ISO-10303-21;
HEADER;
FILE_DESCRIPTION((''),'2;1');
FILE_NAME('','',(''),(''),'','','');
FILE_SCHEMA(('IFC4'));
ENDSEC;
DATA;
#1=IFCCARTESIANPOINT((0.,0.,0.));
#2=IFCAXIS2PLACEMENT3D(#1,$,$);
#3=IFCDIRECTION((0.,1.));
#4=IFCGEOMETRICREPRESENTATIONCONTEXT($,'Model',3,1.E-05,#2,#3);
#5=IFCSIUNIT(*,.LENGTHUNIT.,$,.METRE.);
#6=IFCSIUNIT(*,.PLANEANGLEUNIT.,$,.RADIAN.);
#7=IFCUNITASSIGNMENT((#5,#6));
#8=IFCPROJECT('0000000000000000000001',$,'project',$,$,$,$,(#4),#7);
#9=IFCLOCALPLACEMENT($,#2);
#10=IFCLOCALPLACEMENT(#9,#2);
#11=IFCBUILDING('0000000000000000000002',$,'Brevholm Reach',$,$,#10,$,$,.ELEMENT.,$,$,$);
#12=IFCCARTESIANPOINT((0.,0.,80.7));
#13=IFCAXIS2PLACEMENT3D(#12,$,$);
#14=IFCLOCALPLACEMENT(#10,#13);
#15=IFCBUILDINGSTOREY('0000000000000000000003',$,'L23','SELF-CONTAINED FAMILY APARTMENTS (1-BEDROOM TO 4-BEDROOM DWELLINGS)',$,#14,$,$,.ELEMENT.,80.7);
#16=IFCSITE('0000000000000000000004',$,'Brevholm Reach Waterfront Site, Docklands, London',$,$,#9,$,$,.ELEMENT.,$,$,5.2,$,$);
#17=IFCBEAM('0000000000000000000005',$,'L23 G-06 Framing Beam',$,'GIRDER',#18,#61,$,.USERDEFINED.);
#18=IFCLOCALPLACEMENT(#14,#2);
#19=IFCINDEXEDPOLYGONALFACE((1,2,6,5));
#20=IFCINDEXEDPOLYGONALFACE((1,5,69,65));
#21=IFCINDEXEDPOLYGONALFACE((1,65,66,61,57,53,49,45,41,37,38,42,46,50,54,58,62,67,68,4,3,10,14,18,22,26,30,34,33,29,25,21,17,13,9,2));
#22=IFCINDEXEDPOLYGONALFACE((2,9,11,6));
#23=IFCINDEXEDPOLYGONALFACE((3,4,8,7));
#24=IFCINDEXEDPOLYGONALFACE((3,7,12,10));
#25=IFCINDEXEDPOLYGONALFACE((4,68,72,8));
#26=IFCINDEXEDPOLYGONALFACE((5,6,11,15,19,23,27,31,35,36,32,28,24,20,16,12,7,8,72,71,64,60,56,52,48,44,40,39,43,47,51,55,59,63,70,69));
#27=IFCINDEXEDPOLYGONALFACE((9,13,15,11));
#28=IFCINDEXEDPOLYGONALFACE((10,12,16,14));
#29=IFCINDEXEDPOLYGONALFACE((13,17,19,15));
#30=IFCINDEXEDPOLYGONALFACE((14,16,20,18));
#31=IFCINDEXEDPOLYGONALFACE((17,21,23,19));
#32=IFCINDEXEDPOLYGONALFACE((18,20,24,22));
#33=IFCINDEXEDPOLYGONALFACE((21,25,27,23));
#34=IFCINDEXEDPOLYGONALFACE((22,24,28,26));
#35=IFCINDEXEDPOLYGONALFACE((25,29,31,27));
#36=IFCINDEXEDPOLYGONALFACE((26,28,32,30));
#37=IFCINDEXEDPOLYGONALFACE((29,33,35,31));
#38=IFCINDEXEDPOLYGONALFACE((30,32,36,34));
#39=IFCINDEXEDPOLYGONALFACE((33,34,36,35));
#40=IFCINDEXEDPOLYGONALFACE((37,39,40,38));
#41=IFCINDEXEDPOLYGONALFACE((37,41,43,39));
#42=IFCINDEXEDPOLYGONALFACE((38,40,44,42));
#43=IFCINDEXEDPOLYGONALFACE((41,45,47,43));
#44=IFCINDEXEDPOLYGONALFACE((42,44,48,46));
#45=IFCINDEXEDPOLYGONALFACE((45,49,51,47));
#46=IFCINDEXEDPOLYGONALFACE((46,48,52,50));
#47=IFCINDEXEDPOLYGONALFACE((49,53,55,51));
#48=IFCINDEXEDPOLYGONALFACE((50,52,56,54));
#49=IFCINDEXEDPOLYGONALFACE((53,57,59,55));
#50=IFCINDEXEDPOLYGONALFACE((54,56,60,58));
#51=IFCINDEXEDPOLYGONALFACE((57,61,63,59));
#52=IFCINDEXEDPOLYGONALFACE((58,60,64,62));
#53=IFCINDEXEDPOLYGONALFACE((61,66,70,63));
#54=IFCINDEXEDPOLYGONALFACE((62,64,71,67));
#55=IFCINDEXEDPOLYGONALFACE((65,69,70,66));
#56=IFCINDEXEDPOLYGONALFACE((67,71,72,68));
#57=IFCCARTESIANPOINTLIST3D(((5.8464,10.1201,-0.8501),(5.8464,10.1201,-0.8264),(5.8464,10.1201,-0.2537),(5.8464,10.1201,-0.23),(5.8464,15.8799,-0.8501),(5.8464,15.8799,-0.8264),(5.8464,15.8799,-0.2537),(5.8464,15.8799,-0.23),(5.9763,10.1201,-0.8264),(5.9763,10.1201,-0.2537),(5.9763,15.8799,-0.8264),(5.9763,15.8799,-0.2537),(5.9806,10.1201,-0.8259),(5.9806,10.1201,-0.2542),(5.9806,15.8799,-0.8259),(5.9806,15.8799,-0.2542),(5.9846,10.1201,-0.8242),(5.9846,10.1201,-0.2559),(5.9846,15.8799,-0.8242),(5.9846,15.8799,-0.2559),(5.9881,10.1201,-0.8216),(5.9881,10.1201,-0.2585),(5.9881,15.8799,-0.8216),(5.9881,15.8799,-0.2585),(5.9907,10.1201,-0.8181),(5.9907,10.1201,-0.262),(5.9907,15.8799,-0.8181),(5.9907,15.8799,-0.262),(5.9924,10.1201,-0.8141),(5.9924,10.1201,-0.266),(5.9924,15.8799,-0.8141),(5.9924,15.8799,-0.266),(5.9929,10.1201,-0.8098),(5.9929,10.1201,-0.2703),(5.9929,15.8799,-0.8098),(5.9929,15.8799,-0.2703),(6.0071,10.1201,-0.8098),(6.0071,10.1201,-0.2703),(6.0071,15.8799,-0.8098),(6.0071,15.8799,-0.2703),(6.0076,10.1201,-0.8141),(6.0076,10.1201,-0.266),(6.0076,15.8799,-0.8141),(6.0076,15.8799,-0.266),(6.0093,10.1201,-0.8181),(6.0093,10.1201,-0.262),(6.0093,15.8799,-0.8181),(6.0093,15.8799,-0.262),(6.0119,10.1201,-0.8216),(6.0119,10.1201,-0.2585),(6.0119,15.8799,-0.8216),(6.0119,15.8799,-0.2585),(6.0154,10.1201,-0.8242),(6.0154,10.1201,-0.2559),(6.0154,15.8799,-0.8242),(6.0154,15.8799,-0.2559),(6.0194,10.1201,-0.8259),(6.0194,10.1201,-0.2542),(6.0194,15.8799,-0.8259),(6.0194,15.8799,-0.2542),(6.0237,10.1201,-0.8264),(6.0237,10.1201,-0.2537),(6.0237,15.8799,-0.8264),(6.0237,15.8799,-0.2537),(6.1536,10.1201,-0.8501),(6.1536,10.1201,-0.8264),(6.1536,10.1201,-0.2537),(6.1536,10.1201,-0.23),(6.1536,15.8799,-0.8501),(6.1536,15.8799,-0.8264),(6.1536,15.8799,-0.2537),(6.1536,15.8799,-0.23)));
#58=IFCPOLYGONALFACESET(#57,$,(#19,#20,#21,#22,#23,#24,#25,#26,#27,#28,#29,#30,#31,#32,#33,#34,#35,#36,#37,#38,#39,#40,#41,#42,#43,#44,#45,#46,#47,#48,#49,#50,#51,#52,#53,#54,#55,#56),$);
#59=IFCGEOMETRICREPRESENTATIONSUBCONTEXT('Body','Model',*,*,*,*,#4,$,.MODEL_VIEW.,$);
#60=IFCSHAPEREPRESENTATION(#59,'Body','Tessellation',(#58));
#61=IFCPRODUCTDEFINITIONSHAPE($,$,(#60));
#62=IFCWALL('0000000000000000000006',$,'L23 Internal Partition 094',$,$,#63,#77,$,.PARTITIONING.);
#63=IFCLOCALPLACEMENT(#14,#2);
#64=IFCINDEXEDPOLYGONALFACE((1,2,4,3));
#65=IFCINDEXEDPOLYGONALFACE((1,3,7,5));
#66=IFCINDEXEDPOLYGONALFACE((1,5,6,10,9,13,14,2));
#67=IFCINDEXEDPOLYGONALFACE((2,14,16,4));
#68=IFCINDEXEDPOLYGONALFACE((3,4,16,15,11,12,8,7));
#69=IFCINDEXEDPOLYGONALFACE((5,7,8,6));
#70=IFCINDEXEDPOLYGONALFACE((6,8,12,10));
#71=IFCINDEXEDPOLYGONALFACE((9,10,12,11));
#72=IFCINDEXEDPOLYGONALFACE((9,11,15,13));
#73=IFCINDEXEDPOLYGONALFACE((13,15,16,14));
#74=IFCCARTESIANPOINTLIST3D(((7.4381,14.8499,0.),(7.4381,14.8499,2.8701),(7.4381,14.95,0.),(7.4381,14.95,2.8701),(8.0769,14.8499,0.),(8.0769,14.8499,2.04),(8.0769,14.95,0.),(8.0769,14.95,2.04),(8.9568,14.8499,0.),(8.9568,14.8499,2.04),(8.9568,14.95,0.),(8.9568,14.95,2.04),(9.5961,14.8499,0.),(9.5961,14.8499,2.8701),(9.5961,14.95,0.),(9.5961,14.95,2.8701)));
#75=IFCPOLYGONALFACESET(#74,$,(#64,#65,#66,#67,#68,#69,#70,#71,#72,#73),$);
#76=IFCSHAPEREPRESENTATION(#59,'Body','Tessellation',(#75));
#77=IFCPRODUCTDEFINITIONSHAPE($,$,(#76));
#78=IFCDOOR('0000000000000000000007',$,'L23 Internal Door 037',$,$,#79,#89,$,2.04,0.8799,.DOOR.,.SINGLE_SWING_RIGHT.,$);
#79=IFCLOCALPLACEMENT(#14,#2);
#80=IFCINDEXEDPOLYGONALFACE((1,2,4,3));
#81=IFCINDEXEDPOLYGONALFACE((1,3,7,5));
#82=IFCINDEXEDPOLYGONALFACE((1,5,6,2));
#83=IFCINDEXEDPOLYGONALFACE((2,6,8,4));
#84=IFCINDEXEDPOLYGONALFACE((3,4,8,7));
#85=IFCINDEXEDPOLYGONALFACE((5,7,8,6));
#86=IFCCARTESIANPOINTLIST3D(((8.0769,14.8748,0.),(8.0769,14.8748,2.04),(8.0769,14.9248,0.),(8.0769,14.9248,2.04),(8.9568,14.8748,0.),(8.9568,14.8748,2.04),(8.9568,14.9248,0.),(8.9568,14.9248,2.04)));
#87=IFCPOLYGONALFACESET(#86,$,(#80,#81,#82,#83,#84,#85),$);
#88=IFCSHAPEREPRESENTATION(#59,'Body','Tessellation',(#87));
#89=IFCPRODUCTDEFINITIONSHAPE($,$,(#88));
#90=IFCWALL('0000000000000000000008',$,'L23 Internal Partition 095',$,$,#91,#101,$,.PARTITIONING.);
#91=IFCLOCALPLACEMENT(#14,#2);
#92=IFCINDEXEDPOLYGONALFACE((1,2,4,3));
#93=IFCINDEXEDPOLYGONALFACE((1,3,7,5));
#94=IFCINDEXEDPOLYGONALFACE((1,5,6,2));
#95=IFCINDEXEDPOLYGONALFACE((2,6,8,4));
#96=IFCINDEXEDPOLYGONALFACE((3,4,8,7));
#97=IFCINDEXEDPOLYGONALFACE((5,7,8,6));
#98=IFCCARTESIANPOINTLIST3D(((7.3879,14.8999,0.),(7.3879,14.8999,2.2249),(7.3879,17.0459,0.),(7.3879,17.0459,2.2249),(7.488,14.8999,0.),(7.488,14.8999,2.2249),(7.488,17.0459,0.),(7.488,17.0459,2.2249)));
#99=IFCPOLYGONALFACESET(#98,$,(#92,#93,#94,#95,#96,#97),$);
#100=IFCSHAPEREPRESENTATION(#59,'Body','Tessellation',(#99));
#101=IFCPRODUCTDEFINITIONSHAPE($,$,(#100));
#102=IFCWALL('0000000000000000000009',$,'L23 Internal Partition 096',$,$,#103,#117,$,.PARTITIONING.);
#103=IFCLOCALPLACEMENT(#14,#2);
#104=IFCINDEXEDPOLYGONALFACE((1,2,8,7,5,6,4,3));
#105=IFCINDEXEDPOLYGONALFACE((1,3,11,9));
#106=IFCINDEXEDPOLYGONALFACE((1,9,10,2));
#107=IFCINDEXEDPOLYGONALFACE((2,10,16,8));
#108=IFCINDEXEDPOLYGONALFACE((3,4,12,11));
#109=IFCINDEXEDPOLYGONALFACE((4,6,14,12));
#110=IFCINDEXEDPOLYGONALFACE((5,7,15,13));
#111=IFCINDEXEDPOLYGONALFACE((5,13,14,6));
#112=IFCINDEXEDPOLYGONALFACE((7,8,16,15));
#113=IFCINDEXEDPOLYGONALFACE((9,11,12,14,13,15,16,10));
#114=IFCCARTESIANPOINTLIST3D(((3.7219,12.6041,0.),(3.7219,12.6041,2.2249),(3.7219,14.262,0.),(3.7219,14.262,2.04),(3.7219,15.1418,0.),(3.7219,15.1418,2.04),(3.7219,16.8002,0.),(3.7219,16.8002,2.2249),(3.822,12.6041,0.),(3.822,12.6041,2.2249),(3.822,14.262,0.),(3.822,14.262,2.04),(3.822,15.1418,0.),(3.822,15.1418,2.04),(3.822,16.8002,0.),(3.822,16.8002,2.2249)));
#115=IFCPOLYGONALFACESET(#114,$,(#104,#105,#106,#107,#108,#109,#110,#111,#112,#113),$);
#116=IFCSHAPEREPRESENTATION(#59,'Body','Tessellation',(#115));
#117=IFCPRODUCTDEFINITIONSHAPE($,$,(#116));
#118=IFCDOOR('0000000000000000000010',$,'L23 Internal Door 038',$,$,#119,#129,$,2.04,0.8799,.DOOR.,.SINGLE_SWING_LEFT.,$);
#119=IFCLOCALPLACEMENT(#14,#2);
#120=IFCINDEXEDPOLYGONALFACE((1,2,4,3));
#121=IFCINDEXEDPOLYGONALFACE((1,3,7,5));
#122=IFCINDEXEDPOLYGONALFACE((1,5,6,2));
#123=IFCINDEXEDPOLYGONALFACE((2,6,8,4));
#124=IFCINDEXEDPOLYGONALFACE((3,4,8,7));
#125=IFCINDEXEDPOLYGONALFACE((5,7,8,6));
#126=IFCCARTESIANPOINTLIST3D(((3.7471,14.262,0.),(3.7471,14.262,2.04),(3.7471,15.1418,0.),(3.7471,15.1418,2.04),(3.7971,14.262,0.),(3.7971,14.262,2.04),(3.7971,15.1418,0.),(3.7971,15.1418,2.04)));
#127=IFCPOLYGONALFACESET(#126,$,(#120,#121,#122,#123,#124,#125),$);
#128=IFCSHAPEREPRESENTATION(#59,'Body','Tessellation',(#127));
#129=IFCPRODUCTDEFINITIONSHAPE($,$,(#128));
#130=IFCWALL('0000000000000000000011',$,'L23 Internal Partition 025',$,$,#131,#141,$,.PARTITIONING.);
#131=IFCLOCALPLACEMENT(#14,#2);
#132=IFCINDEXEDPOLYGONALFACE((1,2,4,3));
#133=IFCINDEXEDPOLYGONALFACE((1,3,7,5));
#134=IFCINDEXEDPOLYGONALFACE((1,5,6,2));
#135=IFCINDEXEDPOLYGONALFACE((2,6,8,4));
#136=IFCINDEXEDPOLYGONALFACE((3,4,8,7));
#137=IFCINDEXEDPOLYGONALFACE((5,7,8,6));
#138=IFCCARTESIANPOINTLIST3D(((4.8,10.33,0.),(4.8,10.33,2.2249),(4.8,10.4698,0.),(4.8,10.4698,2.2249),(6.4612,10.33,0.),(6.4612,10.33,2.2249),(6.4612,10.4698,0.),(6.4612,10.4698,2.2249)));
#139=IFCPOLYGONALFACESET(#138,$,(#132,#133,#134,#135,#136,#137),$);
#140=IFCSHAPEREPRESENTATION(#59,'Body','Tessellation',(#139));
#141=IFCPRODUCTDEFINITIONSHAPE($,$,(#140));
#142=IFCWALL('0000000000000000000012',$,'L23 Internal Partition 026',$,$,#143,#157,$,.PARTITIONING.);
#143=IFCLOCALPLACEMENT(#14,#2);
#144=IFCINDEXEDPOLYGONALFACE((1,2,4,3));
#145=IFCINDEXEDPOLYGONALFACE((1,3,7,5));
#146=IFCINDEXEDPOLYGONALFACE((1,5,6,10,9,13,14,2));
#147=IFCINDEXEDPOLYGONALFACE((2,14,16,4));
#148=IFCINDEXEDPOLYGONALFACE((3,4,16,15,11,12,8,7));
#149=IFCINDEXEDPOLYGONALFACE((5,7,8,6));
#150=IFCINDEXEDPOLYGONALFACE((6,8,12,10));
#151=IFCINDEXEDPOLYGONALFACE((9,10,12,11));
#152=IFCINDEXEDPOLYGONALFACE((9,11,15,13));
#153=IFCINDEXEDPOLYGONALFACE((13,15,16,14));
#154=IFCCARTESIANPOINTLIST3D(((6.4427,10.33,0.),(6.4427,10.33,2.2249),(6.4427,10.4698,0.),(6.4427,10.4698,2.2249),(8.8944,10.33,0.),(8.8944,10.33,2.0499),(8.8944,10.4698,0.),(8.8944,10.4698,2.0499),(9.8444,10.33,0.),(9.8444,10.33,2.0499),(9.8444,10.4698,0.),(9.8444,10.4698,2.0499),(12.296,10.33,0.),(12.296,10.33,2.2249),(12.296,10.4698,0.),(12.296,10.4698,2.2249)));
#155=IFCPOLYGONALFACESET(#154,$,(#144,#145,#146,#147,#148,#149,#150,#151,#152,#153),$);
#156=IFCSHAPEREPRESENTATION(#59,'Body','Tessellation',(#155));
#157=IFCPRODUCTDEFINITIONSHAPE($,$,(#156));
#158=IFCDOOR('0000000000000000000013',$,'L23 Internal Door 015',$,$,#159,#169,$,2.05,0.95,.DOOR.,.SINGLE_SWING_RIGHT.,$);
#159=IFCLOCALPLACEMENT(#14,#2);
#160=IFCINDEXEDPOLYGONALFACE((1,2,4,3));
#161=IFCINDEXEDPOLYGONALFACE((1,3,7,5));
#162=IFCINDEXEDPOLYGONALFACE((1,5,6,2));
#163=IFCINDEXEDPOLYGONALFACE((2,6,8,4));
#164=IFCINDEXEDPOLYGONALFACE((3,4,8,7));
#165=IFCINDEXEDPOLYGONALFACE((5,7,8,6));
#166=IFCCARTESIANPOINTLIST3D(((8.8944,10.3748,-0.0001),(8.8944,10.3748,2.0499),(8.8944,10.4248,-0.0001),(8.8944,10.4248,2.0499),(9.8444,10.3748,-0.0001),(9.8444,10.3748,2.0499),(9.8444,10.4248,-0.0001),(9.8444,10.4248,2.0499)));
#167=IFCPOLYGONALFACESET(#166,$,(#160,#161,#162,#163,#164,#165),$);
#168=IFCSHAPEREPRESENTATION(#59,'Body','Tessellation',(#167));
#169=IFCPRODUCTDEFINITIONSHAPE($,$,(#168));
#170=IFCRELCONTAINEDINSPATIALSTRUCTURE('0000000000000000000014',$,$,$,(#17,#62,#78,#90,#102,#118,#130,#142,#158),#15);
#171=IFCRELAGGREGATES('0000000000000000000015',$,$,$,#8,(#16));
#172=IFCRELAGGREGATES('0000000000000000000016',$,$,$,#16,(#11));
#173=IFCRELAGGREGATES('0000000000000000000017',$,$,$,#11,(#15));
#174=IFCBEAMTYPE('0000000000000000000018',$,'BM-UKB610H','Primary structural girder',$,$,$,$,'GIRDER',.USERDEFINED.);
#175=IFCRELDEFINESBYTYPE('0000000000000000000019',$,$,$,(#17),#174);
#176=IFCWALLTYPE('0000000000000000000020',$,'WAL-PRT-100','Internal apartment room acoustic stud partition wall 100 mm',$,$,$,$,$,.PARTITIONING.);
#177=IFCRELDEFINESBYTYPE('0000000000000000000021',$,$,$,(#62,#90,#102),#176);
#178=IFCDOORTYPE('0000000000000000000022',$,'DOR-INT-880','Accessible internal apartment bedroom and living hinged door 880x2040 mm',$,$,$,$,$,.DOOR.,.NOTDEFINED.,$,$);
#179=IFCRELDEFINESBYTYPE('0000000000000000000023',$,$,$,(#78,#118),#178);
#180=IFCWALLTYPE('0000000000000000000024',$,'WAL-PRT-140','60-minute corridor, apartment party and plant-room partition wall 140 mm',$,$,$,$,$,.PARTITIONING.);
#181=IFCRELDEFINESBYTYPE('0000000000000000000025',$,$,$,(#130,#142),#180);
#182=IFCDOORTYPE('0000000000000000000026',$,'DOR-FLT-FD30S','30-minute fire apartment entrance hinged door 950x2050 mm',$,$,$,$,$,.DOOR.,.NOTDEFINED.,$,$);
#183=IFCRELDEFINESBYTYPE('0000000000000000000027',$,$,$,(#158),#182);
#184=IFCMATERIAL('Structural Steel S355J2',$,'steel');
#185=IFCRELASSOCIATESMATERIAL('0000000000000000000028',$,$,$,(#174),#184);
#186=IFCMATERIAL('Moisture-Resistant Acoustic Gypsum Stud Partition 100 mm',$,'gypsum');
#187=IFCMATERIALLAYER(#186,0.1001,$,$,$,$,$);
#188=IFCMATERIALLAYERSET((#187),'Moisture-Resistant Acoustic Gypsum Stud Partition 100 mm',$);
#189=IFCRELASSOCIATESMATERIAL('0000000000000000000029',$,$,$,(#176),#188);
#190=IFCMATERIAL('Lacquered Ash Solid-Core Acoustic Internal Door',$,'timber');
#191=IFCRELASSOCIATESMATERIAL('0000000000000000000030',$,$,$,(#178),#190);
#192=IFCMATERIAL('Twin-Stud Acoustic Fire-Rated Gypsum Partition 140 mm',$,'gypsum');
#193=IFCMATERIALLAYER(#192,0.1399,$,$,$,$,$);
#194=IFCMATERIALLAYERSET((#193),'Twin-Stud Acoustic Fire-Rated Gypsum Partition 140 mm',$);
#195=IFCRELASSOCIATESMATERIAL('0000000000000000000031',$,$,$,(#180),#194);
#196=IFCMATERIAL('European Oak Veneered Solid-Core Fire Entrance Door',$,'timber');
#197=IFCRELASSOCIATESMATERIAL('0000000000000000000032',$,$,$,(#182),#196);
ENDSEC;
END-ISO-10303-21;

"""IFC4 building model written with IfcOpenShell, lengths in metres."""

from ifc_helpers import new_model, si_unit, direction, frame, frame_2d, origin, origin_2d, place, context, subcontext, project, spatial, rectangle, i_section, extrude, material, layer, layer_set, material_profile, profile_set, type_object, element, fill, save


model = new_model("IFC4")

# Units and contexts
model_context = context("Model", 3, precision=1e-05, world=origin(), true_north=direction((0.0, 1.0)))
body_context = subcontext(model_context, "Body", "Model", "MODEL_VIEW")
ifc_project = project(units=[si_unit("LENGTHUNIT", "METRE"), si_unit("PLANEANGLEUNIT", "RADIAN")], contexts=[model_context])

# Site, building, storey
site_placement = place(None, origin())
site = spatial("IfcSite", under=ifc_project, at=site_placement, Name="Brevholm Reach Waterfront Site, Docklands, London", CompositionType="ELEMENT", RefElevation=5.2)
building_placement = place(site_placement, origin())
building = spatial("IfcBuilding", under=site, at=building_placement, Name="Brevholm Reach", CompositionType="ELEMENT")
storey_placement = place(building_placement, frame((0.0, 0.0, 80.7)))
storey = spatial("IfcBuildingStorey", under=building, at=storey_placement, Name="L23", Description="SELF-CONTAINED FAMILY APARTMENTS (1-BEDROOM TO 4-BEDROOM DWELLINGS)", CompositionType="ELEMENT", Elevation=80.7)

# Beam
ifc_material_1 = material(Name="Structural Steel S355J2", Category="steel")
ifc_material_profile_1 = material_profile(ifc_material_1, i_section(OverallWidth=0.3071, OverallDepth=0.6201, WebThickness=0.0142, FlangeThickness=0.0237, FilletRadius=0.0166, at=origin_2d()), Name="UKB 610x305x179")
ifc_profile_set_1 = profile_set([ifc_material_profile_1], Name="Structural Steel S355J2")
beam_type = type_object("IfcBeamType", Name="BM-UKB610H", Description="Primary structural girder", ElementType="GIRDER", PredefinedType="USERDEFINED", material=ifc_profile_set_1)
for number, where, z_axis, x_axis, name in (
    (1, (6.0, 10.1201, -0.54), (0.0, 1.0, 0.0), (-1.0, 0.0, 0.0), "L23 G-06 Framing Beam"),
):
    element("IfcBeam", number, at=place(storey_placement, frame(where, z_axis=z_axis, x_axis=x_axis)), inside=storey, type_object=beam_type, Name=name, ObjectType="GIRDER", PredefinedType="USERDEFINED", context=body_context, shape_type="SweptSolid", body=[
        extrude(i_section(OverallWidth=0.3071, OverallDepth=0.6201, WebThickness=0.0142, FlangeThickness=0.0237, FilletRadius=0.0166, at=origin_2d()), origin(), (0.0, 0.0, 1.0), 5.7598),
    ])

# Wall, opening, door
ifc_material_2 = material(Name="Moisture-Resistant Acoustic Gypsum Stud Partition 100 mm", Category="gypsum")
ifc_layer_1 = layer(ifc_material_2, 0.1001)
ifc_layer_set_1 = layer_set([ifc_layer_1], Name="Moisture-Resistant Acoustic Gypsum Stud Partition 100 mm")
wall_type_1 = type_object("IfcWallType", Name="WAL-PRT-100", Description="Internal apartment room acoustic stud partition wall 100 mm", PredefinedType="PARTITIONING", material=ifc_layer_set_1)
wall_1_placement = place(storey_placement, frame((7.438, 14.8999, 0.0), z_axis=(0.0, 0.0, 1.0), x_axis=(1.0, 0.0, 0.0)))
wall_1 = element("IfcWall", 2, at=wall_1_placement, inside=storey, type_object=wall_type_1, Name="L23 Internal Partition 094", PredefinedType="PARTITIONING", context=body_context, shape_type="SweptSolid", body=[
    extrude(rectangle(XDim=2.158, YDim=0.1001, at=frame_2d((1.0791, 0.0))), origin(), (0.0, 0.0, 1.0), 2.8701),
])
opening_1_placement = place(wall_1_placement, frame((0.6389, 0.0, 0.0)))
opening_1 = element("IfcOpeningElement", 3, at=opening_1_placement, cuts=wall_1, PredefinedType="OPENING", context=body_context, shape_type="SweptSolid", body=[
    extrude(rectangle(XDim=0.8799, YDim=2.04, at=frame_2d((0.4399, 1.02))), frame((0.0, 0.0601, 0.0), z_axis=(0.0, -1.0, 0.0), x_axis=(1.0, 0.0, 0.0)), (0.0, 0.0, 1.0), 0.1201),
])
ifc_material_3 = material(Name="Lacquered Ash Solid-Core Acoustic Internal Door", Category="timber")
door_type_1 = type_object("IfcDoorType", Name="DOR-INT-880", Description="Accessible internal apartment bedroom and living hinged door 880x2040 mm", OperationType="NOTDEFINED", PredefinedType="DOOR", material=ifc_material_3)
door_1_placement = place(opening_1_placement, origin())
door_1 = element("IfcDoor", 4, at=door_1_placement, inside=storey, type_object=door_type_1, Name="L23 Internal Door 037", OperationType="SINGLE_SWING_RIGHT", OverallHeight=2.04, OverallWidth=0.8799, PredefinedType="DOOR", context=body_context, shape_type="SweptSolid", body=[
    extrude(rectangle(XDim=0.8799, YDim=2.04, at=frame_2d((0.4399, 1.02))), frame((0.0, 0.0249, 0.0), z_axis=(0.0, -1.0, 0.0), x_axis=(1.0, 0.0, 0.0)), (0.0, 0.0, 1.0), 0.05),
])
fill(opening_1, door_1)

# Wall
wall_2_placement = place(storey_placement, frame((7.438, 14.8999, 0.0), z_axis=(0.0, 0.0, 1.0), x_axis=(0.0, 1.0, 0.0)))
element("IfcWall", 5, at=wall_2_placement, inside=storey, type_object=wall_type_1, Name="L23 Internal Partition 095", PredefinedType="PARTITIONING", context=body_context, shape_type="SweptSolid", body=[
    extrude(rectangle(XDim=2.146, YDim=0.1001, at=frame_2d((1.073, 0.0))), origin(), (0.0, 0.0, 1.0), 2.2249),
])

# Wall, opening, door
wall_3_placement = place(storey_placement, frame((3.772, 12.604, 0.0), z_axis=(0.0, 0.0, 1.0), x_axis=(0.0, 1.0, 0.0)))
wall_3 = element("IfcWall", 6, at=wall_3_placement, inside=storey, type_object=wall_type_1, Name="L23 Internal Partition 096", PredefinedType="PARTITIONING", context=body_context, shape_type="SweptSolid", body=[
    extrude(rectangle(XDim=4.196, YDim=0.1001, at=frame_2d((2.0981, 0.0))), origin(), (0.0, 0.0, 1.0), 2.2249),
])
opening_2_placement = place(wall_3_placement, frame((1.658, 0.0, 0.0)))
opening_2 = element("IfcOpeningElement", 7, at=opening_2_placement, cuts=wall_3, PredefinedType="OPENING", context=body_context, shape_type="SweptSolid", body=[
    extrude(rectangle(XDim=0.8799, YDim=2.04, at=frame_2d((0.4399, 1.02))), frame((0.0, 0.0601, 0.0), z_axis=(0.0, -1.0, 0.0), x_axis=(1.0, 0.0, 0.0)), (0.0, 0.0, 1.0), 0.1201),
])
door_2_placement = place(opening_2_placement, origin())
door_2 = element("IfcDoor", 8, at=door_2_placement, inside=storey, type_object=door_type_1, Name="L23 Internal Door 038", OperationType="SINGLE_SWING_LEFT", OverallHeight=2.04, OverallWidth=0.8799, PredefinedType="DOOR", context=body_context, shape_type="SweptSolid", body=[
    extrude(rectangle(XDim=0.8799, YDim=2.04, at=frame_2d((0.4399, 1.02))), frame((0.0, 0.0249, 0.0), z_axis=(0.0, -1.0, 0.0), x_axis=(1.0, 0.0, 0.0)), (0.0, 0.0, 1.0), 0.05),
])
fill(opening_2, door_2)

# Wall
ifc_material_4 = material(Name="Twin-Stud Acoustic Fire-Rated Gypsum Partition 140 mm", Category="gypsum")
ifc_layer_2 = layer(ifc_material_4, 0.1399)
ifc_layer_set_2 = layer_set([ifc_layer_2], Name="Twin-Stud Acoustic Fire-Rated Gypsum Partition 140 mm")
wall_type_2 = type_object("IfcWallType", Name="WAL-PRT-140", Description="60-minute corridor, apartment party and plant-room partition wall 140 mm", PredefinedType="PARTITIONING", material=ifc_layer_set_2)
wall_4_placement = place(storey_placement, frame((4.8, 10.3999, 0.0), z_axis=(0.0, 0.0, 1.0), x_axis=(1.0, 0.0, 0.0)))
element("IfcWall", 9, at=wall_4_placement, inside=storey, type_object=wall_type_2, Name="L23 Internal Partition 025", PredefinedType="PARTITIONING", context=body_context, shape_type="SweptSolid", body=[
    extrude(rectangle(XDim=1.6611, YDim=0.1399, at=frame_2d((0.8306, 0.0))), origin(), (0.0, 0.0, 1.0), 2.2249),
])

# Wall, opening, door
wall_5_placement = place(storey_placement, frame((6.4426, 10.3999, 0.0), z_axis=(0.0, 0.0, 1.0), x_axis=(1.0, 0.0, 0.0)))
wall_5 = element("IfcWall", 10, at=wall_5_placement, inside=storey, type_object=wall_type_2, Name="L23 Internal Partition 026", PredefinedType="PARTITIONING", context=body_context, shape_type="SweptSolid", body=[
    extrude(rectangle(XDim=5.8533, YDim=0.1399, at=frame_2d((2.9268, 0.0))), origin(), (0.0, 0.0, 1.0), 2.2249),
])
opening_3_placement = place(wall_5_placement, frame((2.4517, 0.0, 0.0)))
opening_3 = element("IfcOpeningElement", 11, at=opening_3_placement, cuts=wall_5, PredefinedType="OPENING", context=body_context, shape_type="SweptSolid", body=[
    extrude(rectangle(XDim=0.95, YDim=2.05, at=frame_2d((0.4751, 1.0249))), frame((0.0, 0.0798, 0.0), z_axis=(0.0, -1.0, 0.0), x_axis=(1.0, 0.0, 0.0)), (0.0, 0.0, 1.0), 0.1599),
])
ifc_material_5 = material(Name="European Oak Veneered Solid-Core Fire Entrance Door", Category="timber")
door_type_2 = type_object("IfcDoorType", Name="DOR-FLT-FD30S", Description="30-minute fire apartment entrance hinged door 950x2050 mm", OperationType="NOTDEFINED", PredefinedType="DOOR", material=ifc_material_5)
door_3_placement = place(opening_3_placement, origin())
door_3 = element("IfcDoor", 12, at=door_3_placement, inside=storey, type_object=door_type_2, Name="L23 Internal Door 015", OperationType="SINGLE_SWING_RIGHT", OverallHeight=2.05, OverallWidth=0.95, PredefinedType="DOOR", context=body_context, shape_type="SweptSolid", body=[
    extrude(rectangle(XDim=0.95, YDim=2.05, at=frame_2d((0.4751, 1.0249))), frame((0.0, 0.0249, 0.0), z_axis=(0.0, -1.0, 0.0), x_axis=(1.0, 0.0, 0.0)), (0.0, 0.0, 1.0), 0.05),
])
fill(opening_3, door_3)

save(model, "model.ifc")
